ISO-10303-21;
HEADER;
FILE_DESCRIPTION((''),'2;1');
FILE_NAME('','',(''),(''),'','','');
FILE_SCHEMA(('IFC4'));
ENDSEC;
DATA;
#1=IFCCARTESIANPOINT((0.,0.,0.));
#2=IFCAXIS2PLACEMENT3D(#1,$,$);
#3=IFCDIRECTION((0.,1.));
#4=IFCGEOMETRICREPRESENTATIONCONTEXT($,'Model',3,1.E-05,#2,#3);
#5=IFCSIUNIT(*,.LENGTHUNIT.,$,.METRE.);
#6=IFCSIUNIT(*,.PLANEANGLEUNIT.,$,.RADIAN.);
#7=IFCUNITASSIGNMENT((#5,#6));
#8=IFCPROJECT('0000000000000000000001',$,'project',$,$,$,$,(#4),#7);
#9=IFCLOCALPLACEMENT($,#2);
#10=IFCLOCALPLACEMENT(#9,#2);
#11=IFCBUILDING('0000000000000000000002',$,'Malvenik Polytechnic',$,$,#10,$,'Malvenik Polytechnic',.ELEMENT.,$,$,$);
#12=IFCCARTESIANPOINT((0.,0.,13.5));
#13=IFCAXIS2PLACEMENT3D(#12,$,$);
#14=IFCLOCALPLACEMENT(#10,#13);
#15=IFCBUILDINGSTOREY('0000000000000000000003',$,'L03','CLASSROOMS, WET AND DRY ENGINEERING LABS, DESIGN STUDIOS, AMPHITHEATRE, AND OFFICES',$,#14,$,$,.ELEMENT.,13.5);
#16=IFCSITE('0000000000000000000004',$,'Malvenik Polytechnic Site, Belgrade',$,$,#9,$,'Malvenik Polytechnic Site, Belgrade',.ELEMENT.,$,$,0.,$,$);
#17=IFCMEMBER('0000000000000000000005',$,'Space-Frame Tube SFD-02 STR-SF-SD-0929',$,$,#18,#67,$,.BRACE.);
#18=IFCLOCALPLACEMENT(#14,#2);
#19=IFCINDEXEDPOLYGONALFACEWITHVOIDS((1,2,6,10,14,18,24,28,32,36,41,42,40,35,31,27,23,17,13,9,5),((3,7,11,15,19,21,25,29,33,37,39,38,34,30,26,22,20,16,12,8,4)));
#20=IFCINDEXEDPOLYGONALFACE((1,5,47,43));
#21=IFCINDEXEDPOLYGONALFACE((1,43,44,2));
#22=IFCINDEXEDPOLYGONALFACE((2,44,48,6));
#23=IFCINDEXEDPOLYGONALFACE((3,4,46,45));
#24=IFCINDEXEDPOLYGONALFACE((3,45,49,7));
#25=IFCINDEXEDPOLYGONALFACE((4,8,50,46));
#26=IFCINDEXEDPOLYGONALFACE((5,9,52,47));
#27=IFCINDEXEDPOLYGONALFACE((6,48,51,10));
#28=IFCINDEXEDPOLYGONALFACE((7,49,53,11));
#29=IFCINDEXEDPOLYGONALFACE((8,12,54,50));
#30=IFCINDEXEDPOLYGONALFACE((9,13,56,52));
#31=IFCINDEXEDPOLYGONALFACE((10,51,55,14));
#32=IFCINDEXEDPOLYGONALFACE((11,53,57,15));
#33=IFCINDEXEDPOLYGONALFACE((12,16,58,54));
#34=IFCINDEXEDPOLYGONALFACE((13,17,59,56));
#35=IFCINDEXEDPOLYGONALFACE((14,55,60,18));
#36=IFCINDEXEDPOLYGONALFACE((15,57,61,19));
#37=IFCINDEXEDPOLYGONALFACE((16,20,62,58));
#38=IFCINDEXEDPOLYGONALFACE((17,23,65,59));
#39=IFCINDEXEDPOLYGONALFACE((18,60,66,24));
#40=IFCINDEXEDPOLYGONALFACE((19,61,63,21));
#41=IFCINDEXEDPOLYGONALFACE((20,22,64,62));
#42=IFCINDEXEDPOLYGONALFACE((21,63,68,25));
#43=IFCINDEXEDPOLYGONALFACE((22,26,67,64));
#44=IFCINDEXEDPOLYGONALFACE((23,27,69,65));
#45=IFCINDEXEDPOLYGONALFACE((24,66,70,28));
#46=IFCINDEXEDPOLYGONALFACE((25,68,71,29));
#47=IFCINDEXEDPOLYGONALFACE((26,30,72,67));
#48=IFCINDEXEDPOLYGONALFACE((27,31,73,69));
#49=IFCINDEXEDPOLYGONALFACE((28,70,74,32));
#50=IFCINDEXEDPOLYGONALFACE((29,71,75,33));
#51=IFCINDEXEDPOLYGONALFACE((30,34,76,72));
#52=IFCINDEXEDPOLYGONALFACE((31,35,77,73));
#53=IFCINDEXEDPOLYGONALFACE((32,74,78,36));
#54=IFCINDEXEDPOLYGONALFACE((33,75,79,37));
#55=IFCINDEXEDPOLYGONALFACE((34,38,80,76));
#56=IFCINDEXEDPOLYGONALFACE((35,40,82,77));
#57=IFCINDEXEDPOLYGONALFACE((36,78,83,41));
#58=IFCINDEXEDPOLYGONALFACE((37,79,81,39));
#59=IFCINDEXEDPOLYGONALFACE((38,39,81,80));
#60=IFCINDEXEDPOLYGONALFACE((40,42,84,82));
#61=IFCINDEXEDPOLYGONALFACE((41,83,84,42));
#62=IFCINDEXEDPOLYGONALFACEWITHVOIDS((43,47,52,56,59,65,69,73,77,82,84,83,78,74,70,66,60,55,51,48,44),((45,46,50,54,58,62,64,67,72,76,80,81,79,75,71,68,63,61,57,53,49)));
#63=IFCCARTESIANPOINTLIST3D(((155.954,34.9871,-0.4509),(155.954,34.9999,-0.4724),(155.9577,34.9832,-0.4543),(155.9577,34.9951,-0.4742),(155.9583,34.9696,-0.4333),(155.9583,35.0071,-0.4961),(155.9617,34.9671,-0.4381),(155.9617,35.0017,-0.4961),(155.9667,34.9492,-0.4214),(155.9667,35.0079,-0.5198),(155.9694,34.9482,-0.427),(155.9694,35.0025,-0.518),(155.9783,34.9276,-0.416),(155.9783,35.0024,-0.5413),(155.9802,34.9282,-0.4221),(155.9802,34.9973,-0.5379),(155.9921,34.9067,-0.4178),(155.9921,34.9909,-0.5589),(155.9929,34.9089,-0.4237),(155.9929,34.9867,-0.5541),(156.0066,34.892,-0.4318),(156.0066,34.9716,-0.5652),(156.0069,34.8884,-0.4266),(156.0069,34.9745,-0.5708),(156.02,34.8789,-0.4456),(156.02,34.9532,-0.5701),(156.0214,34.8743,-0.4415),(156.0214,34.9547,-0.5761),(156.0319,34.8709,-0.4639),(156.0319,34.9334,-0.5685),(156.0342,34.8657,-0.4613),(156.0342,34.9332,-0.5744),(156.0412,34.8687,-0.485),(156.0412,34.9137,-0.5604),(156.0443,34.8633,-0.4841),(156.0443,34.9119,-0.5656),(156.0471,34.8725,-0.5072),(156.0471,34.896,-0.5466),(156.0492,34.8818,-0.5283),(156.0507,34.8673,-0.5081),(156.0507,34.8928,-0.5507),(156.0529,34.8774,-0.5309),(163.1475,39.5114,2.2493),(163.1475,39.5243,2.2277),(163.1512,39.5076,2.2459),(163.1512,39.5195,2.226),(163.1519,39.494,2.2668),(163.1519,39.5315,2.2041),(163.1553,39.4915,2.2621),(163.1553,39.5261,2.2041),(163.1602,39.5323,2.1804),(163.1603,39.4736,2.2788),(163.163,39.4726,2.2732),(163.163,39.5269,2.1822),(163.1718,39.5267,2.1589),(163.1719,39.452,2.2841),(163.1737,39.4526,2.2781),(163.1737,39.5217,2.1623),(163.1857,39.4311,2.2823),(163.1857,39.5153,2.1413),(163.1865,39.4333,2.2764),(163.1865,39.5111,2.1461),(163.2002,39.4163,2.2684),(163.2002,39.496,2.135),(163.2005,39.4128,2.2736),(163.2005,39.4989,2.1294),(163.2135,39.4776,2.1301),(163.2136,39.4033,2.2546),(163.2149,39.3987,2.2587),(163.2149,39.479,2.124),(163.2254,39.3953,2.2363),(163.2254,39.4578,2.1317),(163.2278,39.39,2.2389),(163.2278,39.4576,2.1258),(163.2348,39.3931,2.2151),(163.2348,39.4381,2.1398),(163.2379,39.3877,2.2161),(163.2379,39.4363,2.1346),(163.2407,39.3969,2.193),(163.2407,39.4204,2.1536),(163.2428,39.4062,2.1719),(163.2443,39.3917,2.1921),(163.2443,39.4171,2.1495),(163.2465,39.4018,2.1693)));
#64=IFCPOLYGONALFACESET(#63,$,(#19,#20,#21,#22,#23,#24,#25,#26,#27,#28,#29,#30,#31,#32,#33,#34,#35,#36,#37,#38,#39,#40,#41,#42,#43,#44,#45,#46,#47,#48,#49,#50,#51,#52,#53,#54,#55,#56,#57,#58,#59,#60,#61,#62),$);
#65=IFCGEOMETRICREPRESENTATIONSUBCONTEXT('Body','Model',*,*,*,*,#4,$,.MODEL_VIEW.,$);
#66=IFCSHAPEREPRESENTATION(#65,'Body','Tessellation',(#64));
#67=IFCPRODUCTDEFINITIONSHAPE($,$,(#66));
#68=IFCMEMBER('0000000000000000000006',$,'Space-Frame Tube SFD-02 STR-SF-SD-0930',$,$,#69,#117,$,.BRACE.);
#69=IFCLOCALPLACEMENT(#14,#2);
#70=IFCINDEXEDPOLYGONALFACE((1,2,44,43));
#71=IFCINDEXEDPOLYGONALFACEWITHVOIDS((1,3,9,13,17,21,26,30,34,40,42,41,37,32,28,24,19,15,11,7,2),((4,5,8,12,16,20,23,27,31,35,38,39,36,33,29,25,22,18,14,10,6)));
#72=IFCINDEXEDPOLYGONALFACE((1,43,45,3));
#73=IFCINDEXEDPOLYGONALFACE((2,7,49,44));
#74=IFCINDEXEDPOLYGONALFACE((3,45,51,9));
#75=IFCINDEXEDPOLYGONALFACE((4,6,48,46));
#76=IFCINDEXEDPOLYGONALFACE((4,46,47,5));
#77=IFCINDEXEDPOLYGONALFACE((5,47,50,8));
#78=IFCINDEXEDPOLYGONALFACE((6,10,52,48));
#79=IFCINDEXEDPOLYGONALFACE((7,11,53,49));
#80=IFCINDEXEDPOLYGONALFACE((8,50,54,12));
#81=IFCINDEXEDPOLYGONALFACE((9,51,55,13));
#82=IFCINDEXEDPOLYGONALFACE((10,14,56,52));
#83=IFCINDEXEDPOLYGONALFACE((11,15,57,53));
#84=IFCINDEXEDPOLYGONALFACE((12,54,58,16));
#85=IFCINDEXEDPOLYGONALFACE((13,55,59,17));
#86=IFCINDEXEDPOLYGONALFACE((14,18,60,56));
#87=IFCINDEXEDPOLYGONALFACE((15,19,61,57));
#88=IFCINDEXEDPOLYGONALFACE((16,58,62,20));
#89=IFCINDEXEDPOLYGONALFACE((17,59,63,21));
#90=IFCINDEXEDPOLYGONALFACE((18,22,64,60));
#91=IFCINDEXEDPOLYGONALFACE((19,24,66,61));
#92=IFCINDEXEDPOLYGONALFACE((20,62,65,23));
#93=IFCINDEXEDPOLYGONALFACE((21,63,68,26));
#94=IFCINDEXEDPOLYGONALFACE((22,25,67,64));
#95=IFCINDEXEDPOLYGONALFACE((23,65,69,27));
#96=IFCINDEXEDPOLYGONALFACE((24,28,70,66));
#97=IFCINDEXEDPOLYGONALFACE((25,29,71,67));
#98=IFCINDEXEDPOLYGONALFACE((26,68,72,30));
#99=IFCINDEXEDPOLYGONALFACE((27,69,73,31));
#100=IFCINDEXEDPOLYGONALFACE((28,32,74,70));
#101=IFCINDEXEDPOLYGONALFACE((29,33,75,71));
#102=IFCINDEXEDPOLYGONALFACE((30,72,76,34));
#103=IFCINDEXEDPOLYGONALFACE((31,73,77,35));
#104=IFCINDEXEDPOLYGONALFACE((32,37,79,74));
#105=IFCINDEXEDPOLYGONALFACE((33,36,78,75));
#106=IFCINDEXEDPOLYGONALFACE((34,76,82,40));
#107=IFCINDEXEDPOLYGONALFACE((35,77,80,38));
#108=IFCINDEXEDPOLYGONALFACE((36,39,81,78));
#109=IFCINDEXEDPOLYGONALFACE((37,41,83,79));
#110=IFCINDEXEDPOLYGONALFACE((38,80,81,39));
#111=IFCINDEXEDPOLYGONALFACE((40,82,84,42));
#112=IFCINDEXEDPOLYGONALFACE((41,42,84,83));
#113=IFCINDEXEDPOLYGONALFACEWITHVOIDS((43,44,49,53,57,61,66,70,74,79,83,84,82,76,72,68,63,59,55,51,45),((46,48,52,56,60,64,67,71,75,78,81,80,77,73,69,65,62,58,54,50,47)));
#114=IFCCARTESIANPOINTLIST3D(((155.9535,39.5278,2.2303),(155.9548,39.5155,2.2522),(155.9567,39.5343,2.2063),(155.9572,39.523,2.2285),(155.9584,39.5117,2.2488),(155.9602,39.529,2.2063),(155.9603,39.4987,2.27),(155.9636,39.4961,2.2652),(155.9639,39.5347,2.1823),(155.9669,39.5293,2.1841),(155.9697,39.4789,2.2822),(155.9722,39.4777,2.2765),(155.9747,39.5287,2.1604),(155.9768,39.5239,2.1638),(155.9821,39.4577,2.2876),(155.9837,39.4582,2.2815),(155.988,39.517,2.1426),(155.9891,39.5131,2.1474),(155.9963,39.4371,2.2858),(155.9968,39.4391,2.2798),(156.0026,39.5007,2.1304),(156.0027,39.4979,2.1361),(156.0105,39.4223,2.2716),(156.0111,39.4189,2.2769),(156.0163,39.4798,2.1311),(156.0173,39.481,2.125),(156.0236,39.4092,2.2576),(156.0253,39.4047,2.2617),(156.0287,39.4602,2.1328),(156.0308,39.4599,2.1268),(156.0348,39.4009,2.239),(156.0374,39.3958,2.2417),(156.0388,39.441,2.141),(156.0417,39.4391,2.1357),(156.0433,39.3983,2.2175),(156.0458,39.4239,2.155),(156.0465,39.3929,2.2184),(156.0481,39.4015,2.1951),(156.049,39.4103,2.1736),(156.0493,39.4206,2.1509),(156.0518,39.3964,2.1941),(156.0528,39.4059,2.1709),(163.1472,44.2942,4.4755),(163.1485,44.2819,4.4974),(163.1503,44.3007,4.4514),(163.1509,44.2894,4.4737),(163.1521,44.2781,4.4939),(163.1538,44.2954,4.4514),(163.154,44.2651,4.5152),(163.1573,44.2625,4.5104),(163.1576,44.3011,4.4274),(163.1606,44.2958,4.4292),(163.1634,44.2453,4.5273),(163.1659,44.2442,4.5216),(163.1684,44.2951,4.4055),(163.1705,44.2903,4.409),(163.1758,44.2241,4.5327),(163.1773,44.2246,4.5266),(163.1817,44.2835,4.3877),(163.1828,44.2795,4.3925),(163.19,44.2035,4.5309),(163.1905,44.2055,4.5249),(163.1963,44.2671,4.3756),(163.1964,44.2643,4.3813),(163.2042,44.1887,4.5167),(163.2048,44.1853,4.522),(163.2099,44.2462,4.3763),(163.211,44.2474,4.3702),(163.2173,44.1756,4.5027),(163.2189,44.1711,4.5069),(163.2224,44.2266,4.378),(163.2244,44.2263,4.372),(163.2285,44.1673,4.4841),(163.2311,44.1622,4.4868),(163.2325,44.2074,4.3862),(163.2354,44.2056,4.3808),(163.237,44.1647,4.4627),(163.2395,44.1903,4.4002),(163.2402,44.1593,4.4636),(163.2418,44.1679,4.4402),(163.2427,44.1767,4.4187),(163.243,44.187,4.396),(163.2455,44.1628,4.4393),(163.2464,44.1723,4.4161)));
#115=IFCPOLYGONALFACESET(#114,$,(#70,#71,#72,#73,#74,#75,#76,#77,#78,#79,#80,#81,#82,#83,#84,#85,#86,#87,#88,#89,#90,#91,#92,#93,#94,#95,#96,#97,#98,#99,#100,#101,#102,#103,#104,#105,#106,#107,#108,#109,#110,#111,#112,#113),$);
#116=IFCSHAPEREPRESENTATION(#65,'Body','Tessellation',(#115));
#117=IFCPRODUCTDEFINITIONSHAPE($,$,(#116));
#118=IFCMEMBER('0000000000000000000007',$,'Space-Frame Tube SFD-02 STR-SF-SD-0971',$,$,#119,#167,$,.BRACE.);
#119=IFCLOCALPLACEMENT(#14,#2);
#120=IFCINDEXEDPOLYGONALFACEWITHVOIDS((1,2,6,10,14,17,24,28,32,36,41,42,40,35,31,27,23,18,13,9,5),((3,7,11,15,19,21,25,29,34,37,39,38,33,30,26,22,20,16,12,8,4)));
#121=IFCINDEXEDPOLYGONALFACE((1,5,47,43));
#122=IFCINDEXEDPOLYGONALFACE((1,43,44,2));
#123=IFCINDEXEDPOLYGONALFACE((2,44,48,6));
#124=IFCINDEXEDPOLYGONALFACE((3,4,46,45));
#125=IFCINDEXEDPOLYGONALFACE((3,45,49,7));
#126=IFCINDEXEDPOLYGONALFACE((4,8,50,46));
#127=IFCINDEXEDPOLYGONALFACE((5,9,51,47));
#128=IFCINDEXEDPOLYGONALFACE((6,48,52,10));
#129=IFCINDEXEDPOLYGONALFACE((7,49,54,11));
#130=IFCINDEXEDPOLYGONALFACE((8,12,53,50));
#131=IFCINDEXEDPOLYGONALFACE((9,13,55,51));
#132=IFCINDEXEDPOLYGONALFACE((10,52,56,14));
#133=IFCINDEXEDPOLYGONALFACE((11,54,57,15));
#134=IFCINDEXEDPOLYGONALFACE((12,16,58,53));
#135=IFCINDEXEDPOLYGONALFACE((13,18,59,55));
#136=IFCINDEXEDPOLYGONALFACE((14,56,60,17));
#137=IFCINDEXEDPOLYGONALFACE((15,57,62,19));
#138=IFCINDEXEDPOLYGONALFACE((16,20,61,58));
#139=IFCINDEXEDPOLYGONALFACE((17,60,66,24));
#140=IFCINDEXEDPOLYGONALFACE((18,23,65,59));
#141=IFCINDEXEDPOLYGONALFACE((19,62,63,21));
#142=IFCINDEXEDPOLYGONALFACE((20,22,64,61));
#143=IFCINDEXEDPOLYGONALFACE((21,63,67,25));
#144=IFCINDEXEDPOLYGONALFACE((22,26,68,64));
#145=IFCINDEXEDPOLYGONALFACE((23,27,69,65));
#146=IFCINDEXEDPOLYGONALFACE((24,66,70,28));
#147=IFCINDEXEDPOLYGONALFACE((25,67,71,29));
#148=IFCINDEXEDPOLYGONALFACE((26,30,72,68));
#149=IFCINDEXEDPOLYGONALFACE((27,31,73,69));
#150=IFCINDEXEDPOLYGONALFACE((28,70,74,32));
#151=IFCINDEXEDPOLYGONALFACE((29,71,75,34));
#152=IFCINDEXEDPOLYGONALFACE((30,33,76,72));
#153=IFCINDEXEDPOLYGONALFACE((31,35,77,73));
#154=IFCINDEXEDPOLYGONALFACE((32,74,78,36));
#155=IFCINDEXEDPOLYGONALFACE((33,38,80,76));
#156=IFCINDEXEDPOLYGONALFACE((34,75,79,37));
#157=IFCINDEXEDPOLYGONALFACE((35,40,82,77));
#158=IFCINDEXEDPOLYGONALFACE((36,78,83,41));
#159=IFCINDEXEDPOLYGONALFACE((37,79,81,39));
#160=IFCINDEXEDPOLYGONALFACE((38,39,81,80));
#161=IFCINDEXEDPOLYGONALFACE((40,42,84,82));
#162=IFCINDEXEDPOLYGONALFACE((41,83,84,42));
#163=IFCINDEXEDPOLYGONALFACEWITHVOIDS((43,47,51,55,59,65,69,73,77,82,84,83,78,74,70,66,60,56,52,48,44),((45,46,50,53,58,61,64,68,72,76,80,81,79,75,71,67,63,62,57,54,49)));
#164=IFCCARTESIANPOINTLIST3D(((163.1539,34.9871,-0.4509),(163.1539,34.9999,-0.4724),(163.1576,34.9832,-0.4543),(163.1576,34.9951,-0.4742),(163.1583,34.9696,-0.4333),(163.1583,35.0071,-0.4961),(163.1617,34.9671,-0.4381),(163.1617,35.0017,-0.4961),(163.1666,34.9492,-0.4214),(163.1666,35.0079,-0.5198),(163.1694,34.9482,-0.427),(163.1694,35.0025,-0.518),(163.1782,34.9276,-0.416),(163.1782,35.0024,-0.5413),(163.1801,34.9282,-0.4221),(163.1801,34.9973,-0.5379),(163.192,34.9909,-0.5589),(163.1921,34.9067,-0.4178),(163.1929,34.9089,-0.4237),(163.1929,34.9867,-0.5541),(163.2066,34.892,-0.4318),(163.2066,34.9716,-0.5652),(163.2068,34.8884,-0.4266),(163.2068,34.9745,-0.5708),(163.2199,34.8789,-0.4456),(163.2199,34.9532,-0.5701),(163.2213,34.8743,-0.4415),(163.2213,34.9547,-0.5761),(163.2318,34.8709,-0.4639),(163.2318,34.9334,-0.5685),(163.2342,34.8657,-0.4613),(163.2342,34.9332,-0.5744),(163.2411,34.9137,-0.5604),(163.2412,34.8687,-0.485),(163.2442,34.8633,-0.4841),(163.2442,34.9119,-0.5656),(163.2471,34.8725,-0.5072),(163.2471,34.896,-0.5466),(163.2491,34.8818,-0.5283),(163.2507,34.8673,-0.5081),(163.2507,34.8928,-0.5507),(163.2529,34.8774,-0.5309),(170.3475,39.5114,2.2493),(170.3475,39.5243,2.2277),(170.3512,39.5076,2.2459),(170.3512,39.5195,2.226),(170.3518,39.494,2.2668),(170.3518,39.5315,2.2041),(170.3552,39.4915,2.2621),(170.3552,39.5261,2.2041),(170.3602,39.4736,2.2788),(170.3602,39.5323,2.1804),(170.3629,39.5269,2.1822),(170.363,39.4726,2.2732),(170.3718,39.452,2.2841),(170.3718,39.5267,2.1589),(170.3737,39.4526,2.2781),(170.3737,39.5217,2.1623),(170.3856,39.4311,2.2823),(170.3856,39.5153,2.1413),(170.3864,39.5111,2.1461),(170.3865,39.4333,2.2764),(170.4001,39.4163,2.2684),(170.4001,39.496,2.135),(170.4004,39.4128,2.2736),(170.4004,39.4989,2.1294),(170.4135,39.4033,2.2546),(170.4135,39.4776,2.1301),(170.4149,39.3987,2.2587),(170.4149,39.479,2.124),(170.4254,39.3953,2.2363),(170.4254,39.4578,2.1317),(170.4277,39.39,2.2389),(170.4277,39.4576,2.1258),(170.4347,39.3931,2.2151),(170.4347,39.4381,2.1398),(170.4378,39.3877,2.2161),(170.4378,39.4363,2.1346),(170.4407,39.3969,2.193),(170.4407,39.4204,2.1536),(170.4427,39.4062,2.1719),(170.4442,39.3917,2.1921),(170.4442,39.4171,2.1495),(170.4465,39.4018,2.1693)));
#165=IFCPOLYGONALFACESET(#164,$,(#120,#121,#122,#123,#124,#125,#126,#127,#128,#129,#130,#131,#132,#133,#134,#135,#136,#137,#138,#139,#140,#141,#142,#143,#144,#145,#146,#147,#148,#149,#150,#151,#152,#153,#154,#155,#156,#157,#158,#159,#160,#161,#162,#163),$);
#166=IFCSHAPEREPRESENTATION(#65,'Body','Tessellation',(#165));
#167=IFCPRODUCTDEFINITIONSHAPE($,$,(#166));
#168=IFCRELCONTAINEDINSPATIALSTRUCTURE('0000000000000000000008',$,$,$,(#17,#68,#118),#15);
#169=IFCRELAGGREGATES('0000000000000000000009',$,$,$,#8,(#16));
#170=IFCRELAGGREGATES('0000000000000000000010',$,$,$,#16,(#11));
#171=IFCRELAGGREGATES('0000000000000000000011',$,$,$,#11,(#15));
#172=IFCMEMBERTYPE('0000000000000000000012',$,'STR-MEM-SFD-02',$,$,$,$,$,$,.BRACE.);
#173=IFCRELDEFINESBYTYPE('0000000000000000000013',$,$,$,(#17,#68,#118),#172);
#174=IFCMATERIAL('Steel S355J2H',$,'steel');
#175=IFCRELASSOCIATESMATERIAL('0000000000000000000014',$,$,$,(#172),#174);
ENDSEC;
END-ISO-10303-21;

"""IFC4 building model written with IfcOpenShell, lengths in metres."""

from ifc_helpers import new_model, si_unit, direction, frame, origin, origin_2d, place, context, subcontext, project, spatial, hollow_circle, extrude, material, material_profile, profile_set, type_object, element, save


model = new_model("IFC4")

# Units and contexts
model_context = context("Model", 3, precision=1e-05, world=origin(), true_north=direction((0.0, 1.0)))
body_context = subcontext(model_context, "Body", "Model", "MODEL_VIEW")
ifc_project = project(units=[si_unit("LENGTHUNIT", "METRE"), si_unit("PLANEANGLEUNIT", "RADIAN")], contexts=[model_context])

# Site, building, storey
site_placement = place(None, origin())
site = spatial("IfcSite", under=ifc_project, at=site_placement, Name="Malvenik Polytechnic Site, Belgrade", LongName="Malvenik Polytechnic Site, Belgrade", CompositionType="ELEMENT", RefElevation=0.0)
building_placement = place(site_placement, origin())
building = spatial("IfcBuilding", under=site, at=building_placement, Name="Malvenik Polytechnic", LongName="Malvenik Polytechnic", CompositionType="ELEMENT")
storey_placement = place(building_placement, frame((0.0, 0.0, 13.5)))
storey = spatial("IfcBuildingStorey", under=building, at=storey_placement, Name="L03", Description="CLASSROOMS, WET AND DRY ENGINEERING LABS, DESIGN STUDIOS, AMPHITHEATRE, AND OFFICES", CompositionType="ELEMENT", Elevation=13.5)

# Members
ifc_material_1 = material(Name="Steel S355J2H", Category="steel")
ifc_material_profile_1 = material_profile(ifc_material_1, hollow_circle(Radius=0.0842, WallThickness=0.0063, at=origin_2d()), Name="CHS 168.3x6.3")
ifc_profile_set_1 = profile_set([ifc_material_profile_1], Name="Steel S355J2H")
member_type_1 = type_object("IfcMemberType", Name="STR-MEM-SFD-02", PredefinedType="BRACE", material=ifc_profile_set_1)
for number, where, z_axis, x_axis, name in (
    (1, (156.0032, 34.9358, -0.4961), (0.806747, 0.507403, 0.302821), (-0.532401, 0.846492, 0.0), "Space-Frame Tube SFD-02 STR-SF-SD-0929"),
    (2, (156.0032, 39.4641, 2.2063), (0.806761, 0.534546, 0.251789), (-0.552341, 0.833618, 0.0), "Space-Frame Tube SFD-02 STR-SF-SD-0930"),
    (3, (163.2031, 34.9358, -0.4961), (0.806747, 0.507403, 0.302821), (-0.532401, 0.846492, 0.0), "Space-Frame Tube SFD-02 STR-SF-SD-0971"),
):
    element("IfcMember", number, at=place(storey_placement, frame(where, z_axis=z_axis, x_axis=x_axis)), inside=storey, type_object=member_type_1, Name=name, PredefinedType="BRACE", context=body_context, shape_type="SweptSolid", body=[
        extrude(hollow_circle(Radius=0.0842, WallThickness=0.0063, at=origin_2d()), origin(), (0.0, 0.0, 1.0), 8.9167),
    ])

save(model, "model.ifc")
